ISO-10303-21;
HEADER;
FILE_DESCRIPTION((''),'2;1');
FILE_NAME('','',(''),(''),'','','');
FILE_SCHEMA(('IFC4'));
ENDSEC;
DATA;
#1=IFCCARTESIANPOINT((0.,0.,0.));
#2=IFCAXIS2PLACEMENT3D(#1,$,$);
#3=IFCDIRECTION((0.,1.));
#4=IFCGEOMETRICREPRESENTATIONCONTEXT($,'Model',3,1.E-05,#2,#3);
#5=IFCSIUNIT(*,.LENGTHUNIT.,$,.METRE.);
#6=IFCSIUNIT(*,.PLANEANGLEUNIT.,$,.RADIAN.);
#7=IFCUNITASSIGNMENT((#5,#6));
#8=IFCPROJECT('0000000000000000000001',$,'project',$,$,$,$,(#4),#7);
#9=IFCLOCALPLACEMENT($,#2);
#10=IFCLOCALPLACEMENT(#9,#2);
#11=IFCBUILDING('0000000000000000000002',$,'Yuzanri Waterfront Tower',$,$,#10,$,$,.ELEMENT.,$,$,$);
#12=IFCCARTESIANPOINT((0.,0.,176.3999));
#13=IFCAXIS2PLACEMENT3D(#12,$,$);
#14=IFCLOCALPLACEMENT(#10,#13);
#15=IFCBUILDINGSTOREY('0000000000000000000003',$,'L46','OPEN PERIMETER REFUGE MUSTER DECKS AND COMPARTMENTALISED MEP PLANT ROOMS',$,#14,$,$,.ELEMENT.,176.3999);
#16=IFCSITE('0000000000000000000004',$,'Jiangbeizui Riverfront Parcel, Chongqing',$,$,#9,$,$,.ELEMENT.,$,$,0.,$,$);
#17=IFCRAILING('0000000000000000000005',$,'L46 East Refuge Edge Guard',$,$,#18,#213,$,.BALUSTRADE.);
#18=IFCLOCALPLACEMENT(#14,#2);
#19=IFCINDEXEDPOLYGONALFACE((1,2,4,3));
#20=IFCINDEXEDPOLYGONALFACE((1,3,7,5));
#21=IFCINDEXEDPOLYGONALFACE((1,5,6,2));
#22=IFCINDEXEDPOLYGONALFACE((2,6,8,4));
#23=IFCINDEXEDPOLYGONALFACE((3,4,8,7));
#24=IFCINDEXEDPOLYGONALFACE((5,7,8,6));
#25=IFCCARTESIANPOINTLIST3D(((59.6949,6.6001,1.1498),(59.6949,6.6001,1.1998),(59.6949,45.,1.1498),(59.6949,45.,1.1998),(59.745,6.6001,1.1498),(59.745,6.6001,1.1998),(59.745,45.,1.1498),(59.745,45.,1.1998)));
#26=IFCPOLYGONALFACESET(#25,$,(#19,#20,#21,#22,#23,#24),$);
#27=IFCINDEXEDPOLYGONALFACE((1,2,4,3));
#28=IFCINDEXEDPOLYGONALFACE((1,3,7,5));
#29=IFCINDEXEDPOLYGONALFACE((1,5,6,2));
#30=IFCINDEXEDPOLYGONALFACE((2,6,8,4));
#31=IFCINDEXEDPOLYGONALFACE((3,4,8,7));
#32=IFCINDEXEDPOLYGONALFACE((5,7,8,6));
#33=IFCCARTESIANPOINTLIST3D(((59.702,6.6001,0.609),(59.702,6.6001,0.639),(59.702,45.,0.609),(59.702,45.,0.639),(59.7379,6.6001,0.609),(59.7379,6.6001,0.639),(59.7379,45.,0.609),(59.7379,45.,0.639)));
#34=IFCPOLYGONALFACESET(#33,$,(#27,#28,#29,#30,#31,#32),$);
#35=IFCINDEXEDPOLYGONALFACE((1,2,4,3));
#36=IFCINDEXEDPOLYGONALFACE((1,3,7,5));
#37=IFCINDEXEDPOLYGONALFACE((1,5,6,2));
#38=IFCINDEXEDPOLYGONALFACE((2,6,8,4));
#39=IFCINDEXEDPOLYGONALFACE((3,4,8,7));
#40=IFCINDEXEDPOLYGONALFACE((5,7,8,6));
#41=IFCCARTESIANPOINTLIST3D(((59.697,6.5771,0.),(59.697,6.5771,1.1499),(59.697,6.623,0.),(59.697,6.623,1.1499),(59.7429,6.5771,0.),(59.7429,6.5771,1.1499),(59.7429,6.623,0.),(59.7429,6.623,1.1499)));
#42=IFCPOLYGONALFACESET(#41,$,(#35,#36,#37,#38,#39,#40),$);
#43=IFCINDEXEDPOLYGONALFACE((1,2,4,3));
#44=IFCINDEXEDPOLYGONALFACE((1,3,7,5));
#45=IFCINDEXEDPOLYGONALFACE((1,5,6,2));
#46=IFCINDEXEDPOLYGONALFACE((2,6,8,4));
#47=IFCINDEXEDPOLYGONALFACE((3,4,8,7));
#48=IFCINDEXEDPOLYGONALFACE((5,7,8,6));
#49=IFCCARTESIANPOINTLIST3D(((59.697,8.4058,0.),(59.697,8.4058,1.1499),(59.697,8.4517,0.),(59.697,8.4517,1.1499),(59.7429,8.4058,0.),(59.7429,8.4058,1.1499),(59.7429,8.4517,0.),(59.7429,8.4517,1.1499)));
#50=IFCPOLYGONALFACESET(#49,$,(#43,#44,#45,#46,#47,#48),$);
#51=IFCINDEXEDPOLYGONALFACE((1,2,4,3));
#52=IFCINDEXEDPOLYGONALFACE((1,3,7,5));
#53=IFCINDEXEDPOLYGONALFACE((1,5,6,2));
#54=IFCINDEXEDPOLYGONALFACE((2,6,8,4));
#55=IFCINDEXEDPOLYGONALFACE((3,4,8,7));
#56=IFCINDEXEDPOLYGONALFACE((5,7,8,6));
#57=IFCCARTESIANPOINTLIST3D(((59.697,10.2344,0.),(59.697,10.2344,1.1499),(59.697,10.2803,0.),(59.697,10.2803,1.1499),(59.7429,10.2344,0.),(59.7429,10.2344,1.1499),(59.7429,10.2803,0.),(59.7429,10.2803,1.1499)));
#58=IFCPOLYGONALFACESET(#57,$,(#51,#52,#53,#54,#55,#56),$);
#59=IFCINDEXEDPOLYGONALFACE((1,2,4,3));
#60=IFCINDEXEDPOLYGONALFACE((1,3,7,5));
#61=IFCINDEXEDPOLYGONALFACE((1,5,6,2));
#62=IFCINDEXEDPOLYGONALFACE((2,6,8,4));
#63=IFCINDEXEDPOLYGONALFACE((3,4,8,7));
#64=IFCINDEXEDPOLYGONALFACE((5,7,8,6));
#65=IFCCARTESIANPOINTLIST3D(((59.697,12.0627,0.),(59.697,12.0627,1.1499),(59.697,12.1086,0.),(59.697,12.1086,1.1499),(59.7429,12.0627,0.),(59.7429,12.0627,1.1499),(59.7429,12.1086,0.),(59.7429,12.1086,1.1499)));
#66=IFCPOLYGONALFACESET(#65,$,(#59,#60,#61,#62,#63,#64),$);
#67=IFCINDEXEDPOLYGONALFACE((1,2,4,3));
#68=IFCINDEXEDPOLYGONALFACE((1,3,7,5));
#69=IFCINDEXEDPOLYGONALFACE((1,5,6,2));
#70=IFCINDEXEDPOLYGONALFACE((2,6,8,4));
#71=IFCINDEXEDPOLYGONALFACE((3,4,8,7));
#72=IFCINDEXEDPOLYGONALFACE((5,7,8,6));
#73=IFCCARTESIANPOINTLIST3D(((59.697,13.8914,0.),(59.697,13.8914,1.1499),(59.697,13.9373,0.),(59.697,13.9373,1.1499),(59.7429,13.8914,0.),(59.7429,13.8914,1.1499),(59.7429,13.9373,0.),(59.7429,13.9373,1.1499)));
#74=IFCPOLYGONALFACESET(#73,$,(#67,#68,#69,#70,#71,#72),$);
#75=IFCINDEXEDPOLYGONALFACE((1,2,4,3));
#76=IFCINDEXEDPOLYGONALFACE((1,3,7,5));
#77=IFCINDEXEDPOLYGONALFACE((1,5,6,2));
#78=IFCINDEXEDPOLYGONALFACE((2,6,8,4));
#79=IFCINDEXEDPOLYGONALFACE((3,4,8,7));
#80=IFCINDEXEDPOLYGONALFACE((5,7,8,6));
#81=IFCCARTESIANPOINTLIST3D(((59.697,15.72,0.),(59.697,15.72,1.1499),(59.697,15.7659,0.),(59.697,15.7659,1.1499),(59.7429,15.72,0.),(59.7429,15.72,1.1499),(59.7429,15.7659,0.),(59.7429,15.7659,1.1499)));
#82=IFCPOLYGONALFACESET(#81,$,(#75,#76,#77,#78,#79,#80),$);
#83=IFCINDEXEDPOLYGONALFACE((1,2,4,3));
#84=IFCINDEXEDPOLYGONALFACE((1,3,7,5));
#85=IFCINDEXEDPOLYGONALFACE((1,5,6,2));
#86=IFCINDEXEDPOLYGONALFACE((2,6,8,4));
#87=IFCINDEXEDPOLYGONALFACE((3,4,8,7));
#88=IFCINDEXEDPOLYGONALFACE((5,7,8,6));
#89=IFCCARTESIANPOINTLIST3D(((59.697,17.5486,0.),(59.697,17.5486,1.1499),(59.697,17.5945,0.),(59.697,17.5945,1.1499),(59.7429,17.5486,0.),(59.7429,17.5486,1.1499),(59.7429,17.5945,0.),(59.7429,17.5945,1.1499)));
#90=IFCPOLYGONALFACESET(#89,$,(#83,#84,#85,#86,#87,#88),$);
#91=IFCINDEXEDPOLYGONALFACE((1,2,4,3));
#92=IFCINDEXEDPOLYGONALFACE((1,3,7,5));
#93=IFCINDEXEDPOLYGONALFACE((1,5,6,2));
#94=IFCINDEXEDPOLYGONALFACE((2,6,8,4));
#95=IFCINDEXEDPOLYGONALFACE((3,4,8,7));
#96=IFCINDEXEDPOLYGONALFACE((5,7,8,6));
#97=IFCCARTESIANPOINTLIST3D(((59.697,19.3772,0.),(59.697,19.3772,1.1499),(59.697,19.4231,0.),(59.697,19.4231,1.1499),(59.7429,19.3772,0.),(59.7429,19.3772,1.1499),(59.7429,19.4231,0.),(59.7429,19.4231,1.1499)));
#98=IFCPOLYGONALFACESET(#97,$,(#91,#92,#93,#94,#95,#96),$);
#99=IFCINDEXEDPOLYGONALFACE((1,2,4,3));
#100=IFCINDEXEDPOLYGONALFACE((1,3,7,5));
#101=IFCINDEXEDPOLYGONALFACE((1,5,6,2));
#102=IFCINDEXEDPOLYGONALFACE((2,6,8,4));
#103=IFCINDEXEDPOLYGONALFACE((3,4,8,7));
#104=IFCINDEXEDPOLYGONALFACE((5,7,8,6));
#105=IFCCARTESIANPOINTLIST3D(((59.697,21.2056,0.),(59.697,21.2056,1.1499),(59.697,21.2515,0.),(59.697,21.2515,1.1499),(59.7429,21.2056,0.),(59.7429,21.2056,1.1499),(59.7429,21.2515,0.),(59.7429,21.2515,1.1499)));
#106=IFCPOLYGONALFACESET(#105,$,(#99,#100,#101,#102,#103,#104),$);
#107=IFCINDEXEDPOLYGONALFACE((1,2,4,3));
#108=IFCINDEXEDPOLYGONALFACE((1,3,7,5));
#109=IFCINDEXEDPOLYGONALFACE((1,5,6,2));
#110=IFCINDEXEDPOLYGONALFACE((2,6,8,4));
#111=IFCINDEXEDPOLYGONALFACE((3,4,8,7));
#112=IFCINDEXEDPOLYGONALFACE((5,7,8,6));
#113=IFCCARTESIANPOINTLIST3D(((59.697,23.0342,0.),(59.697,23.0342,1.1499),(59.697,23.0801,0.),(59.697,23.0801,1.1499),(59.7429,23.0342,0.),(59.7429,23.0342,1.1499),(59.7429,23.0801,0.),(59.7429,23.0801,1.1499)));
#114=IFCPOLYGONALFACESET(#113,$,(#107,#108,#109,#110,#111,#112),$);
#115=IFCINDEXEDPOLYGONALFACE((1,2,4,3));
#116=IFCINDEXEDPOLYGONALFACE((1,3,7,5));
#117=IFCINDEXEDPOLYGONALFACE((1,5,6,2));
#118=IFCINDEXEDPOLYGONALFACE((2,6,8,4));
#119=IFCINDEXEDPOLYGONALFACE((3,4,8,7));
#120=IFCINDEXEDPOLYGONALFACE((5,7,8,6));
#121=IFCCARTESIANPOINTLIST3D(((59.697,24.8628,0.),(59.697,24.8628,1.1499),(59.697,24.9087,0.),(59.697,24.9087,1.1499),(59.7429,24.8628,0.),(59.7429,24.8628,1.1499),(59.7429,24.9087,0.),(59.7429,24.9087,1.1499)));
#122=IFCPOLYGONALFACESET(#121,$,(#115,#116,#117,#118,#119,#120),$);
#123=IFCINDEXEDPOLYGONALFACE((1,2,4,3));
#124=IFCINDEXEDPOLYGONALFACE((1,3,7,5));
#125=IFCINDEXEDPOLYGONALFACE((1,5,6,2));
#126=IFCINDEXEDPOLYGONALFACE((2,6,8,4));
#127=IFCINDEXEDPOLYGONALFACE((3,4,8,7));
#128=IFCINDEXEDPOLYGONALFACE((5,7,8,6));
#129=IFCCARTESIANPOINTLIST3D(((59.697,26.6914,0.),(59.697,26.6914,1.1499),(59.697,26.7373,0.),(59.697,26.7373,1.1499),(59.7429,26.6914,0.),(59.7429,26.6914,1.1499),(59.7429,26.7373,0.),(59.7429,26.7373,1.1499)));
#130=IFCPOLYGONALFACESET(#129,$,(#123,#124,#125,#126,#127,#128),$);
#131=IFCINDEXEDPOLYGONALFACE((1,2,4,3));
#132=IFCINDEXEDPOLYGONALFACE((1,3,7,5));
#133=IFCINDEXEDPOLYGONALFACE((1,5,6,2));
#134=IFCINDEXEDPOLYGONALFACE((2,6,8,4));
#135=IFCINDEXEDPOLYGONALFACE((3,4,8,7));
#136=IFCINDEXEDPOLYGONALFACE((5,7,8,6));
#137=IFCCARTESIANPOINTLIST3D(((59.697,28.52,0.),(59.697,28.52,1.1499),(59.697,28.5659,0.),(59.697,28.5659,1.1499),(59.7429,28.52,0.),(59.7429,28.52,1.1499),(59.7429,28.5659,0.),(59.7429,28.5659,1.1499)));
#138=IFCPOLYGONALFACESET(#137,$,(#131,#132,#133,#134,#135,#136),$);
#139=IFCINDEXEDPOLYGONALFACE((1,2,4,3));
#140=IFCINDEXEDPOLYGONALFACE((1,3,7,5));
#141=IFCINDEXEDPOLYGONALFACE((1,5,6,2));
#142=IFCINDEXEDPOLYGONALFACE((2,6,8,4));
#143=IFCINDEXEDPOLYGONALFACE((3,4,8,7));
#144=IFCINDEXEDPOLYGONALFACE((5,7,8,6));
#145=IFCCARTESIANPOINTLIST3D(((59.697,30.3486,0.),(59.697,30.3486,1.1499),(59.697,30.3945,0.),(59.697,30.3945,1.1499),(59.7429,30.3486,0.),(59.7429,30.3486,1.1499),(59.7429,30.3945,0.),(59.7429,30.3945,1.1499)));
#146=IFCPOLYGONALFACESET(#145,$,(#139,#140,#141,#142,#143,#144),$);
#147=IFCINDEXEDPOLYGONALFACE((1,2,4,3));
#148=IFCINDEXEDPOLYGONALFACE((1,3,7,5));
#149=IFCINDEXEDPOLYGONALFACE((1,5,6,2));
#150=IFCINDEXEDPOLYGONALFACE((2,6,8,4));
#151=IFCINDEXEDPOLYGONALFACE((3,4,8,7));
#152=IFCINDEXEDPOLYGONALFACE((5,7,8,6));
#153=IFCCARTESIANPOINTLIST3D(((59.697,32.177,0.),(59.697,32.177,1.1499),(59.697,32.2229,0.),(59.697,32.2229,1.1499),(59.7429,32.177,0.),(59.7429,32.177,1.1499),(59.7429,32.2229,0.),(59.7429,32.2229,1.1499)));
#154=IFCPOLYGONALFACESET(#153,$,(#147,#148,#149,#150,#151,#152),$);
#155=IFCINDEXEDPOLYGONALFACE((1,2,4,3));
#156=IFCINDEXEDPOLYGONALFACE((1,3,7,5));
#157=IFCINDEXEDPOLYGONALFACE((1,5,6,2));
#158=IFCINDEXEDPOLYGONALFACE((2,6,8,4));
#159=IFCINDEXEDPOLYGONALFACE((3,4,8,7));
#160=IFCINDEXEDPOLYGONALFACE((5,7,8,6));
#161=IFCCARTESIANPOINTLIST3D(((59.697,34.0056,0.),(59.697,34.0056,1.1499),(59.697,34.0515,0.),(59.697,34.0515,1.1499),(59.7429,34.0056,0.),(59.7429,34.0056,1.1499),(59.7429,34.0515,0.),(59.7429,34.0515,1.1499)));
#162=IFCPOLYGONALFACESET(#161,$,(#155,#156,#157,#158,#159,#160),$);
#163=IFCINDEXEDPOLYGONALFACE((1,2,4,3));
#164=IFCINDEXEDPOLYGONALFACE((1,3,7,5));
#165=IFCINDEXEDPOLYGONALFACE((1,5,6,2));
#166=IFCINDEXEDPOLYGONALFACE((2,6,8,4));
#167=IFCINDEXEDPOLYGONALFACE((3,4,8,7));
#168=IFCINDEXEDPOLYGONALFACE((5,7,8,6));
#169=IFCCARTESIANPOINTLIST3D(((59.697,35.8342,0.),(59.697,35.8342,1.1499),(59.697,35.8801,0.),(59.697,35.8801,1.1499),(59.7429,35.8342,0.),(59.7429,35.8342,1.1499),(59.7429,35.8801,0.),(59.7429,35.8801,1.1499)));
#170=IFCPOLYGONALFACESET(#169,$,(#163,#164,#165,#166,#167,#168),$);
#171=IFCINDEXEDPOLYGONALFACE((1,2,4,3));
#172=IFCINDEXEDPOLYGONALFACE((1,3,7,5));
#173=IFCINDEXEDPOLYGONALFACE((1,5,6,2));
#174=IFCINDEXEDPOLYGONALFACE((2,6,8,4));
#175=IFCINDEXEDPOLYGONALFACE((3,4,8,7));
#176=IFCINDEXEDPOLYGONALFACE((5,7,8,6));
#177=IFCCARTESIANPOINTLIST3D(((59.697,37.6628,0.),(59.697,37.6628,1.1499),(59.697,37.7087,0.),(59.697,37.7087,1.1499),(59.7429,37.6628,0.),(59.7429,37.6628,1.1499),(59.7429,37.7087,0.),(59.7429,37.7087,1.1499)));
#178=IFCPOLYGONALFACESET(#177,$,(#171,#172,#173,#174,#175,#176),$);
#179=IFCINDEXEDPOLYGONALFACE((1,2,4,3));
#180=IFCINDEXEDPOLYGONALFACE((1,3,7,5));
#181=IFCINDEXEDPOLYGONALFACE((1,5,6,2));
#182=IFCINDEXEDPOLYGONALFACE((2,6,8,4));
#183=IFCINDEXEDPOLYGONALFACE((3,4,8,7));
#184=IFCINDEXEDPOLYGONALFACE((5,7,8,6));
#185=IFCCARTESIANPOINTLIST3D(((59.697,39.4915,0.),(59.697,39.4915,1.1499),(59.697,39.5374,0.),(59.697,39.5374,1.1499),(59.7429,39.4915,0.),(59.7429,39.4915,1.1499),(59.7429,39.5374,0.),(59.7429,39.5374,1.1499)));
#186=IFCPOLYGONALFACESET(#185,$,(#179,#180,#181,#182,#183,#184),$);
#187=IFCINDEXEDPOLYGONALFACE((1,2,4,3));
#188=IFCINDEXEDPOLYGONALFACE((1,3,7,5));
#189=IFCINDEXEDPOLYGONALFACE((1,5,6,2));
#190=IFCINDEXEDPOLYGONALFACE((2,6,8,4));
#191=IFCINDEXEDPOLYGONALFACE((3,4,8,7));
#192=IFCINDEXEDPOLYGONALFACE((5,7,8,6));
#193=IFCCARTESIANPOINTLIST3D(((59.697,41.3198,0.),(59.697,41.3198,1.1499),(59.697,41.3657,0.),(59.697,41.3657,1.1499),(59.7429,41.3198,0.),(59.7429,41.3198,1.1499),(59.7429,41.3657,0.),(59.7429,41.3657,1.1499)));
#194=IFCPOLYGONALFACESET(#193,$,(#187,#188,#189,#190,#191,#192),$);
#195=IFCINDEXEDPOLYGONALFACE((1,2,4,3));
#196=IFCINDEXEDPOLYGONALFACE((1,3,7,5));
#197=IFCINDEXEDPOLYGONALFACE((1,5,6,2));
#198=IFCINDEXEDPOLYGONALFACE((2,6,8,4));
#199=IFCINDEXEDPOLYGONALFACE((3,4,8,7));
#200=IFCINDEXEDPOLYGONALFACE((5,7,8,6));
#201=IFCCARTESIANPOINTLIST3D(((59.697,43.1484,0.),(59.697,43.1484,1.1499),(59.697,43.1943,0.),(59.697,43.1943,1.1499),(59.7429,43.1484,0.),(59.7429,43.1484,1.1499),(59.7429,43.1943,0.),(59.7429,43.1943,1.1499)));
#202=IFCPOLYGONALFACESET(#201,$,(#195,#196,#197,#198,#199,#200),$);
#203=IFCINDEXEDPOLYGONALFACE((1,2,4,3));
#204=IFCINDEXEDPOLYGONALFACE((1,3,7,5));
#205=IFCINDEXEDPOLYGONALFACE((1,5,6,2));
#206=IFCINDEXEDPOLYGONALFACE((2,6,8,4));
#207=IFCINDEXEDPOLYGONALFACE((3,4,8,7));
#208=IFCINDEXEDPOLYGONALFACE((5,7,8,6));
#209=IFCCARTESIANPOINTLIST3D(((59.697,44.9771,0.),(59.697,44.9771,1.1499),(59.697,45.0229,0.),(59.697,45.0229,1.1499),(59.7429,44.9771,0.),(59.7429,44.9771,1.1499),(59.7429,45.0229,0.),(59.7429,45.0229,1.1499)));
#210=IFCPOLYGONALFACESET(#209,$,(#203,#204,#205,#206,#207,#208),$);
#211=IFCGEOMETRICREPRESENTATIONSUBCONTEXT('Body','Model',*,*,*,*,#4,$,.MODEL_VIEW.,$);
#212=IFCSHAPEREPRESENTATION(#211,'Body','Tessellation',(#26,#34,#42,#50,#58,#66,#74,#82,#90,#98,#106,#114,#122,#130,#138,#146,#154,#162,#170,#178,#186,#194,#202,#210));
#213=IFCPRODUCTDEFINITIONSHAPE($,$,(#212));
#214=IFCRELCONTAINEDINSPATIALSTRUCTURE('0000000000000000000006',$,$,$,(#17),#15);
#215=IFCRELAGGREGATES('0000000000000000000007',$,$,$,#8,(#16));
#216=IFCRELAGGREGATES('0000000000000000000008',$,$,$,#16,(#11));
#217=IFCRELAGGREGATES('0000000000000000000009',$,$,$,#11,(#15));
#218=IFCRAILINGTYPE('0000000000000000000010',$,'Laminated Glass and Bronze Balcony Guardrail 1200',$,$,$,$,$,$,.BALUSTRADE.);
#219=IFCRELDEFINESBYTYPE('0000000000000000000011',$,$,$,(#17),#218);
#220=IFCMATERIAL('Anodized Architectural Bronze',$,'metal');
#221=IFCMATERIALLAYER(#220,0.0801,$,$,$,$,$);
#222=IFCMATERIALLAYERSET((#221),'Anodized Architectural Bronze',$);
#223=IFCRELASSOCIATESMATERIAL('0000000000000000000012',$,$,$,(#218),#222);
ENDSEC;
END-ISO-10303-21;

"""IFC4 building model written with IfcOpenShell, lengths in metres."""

from ifc_helpers import new_model, si_unit, direction, frame, origin, origin_2d, place, context, subcontext, project, spatial, rectangle, extrude, source, transform, mapped, material, layer, layer_set, type_object, element, save


model = new_model("IFC4")

# Units and contexts
model_context = context("Model", 3, precision=1e-05, world=origin(), true_north=direction((0.0, 1.0)))
body_context = subcontext(model_context, "Body", "Model", "MODEL_VIEW")
ifc_project = project(units=[si_unit("LENGTHUNIT", "METRE"), si_unit("PLANEANGLEUNIT", "RADIAN")], contexts=[model_context])

# Site, building, storey
site_placement = place(None, origin())
site = spatial("IfcSite", under=ifc_project, at=site_placement, Name="Jiangbeizui Riverfront Parcel, Chongqing", CompositionType="ELEMENT", RefElevation=0.0)
building_placement = place(site_placement, origin())
building = spatial("IfcBuilding", under=site, at=building_placement, Name="Yuzanri Waterfront Tower", CompositionType="ELEMENT")
storey_placement = place(building_placement, frame((0.0, 0.0, 176.3999)))
storey = spatial("IfcBuildingStorey", under=building, at=storey_placement, Name="L46", Description="OPEN PERIMETER REFUGE MUSTER DECKS AND COMPARTMENTALISED MEP PLANT ROOMS", CompositionType="ELEMENT", Elevation=176.3999)

# Railing
ifc_material_1 = material(Name="Anodized Architectural Bronze", Category="metal")
ifc_layer_1 = layer(ifc_material_1, 0.0801)
ifc_layer_set_1 = layer_set([ifc_layer_1], Name="Anodized Architectural Bronze")
railing_type_1 = type_object("IfcRailingType", Name="Laminated Glass and Bronze Balcony Guardrail 1200", PredefinedType="BALUSTRADE", material=ifc_layer_set_1)
shared_shape_1 = source(origin(), body_context, "Body", "SweptSolid", [
    extrude(rectangle(XDim=0.05, YDim=0.05, at=origin_2d()), frame((0.0, 0.0, 1.1748), z_axis=(0.0, 1.0, 0.0), x_axis=(-1.0, 0.0, 0.0)), (0.0, 0.0, 1.0), 38.3999),
    extrude(rectangle(XDim=0.0359, YDim=0.03, at=origin_2d()), frame((0.0, 0.0, 0.624), z_axis=(0.0, 1.0, 0.0), x_axis=(-1.0, 0.0, 0.0)), (0.0, 0.0, 1.0), 38.3999),
    extrude(rectangle(XDim=0.0459, YDim=0.0459, at=origin_2d()), origin(), (0.0, 0.0, 1.0), 1.1499),
    extrude(rectangle(XDim=0.0459, YDim=0.0459, at=origin_2d()), frame((0.0, 1.8286, 0.0)), (0.0, 0.0, 1.0), 1.1499),
    extrude(rectangle(XDim=0.0459, YDim=0.0459, at=origin_2d()), frame((0.0, 3.6572, 0.0)), (0.0, 0.0, 1.0), 1.1499),
    extrude(rectangle(XDim=0.0459, YDim=0.0459, at=origin_2d()), frame((0.0, 5.4856, 0.0)), (0.0, 0.0, 1.0), 1.1499),
    extrude(rectangle(XDim=0.0459, YDim=0.0459, at=origin_2d()), frame((0.0, 7.3142, 0.0)), (0.0, 0.0, 1.0), 1.1499),
    extrude(rectangle(XDim=0.0459, YDim=0.0459, at=origin_2d()), frame((0.0, 9.1428, 0.0)), (0.0, 0.0, 1.0), 1.1499),
    extrude(rectangle(XDim=0.0459, YDim=0.0459, at=origin_2d()), frame((0.0, 10.9714, 0.0)), (0.0, 0.0, 1.0), 1.1499),
    extrude(rectangle(XDim=0.0459, YDim=0.0459, at=origin_2d()), frame((0.0, 12.8, 0.0)), (0.0, 0.0, 1.0), 1.1499),
    extrude(rectangle(XDim=0.0459, YDim=0.0459, at=origin_2d()), frame((0.0, 14.6284, 0.0)), (0.0, 0.0, 1.0), 1.1499),
    extrude(rectangle(XDim=0.0459, YDim=0.0459, at=origin_2d()), frame((0.0, 16.457, 0.0)), (0.0, 0.0, 1.0), 1.1499),
    extrude(rectangle(XDim=0.0459, YDim=0.0459, at=origin_2d()), frame((0.0, 18.2856, 0.0)), (0.0, 0.0, 1.0), 1.1499),
    extrude(rectangle(XDim=0.0459, YDim=0.0459, at=origin_2d()), frame((0.0, 20.1143, 0.0)), (0.0, 0.0, 1.0), 1.1499),
    extrude(rectangle(XDim=0.0459, YDim=0.0459, at=origin_2d()), frame((0.0, 21.9429, 0.0)), (0.0, 0.0, 1.0), 1.1499),
    extrude(rectangle(XDim=0.0459, YDim=0.0459, at=origin_2d()), frame((0.0, 23.7715, 0.0)), (0.0, 0.0, 1.0), 1.1499),
    extrude(rectangle(XDim=0.0459, YDim=0.0459, at=origin_2d()), frame((0.0, 25.5999, 0.0)), (0.0, 0.0, 1.0), 1.1499),
    extrude(rectangle(XDim=0.0459, YDim=0.0459, at=origin_2d()), frame((0.0, 27.4285, 0.0)), (0.0, 0.0, 1.0), 1.1499),
    extrude(rectangle(XDim=0.0459, YDim=0.0459, at=origin_2d()), frame((0.0, 29.2571, 0.0)), (0.0, 0.0, 1.0), 1.1499),
    extrude(rectangle(XDim=0.0459, YDim=0.0459, at=origin_2d()), frame((0.0, 31.0857, 0.0)), (0.0, 0.0, 1.0), 1.1499),
    extrude(rectangle(XDim=0.0459, YDim=0.0459, at=origin_2d()), frame((0.0, 32.9143, 0.0)), (0.0, 0.0, 1.0), 1.1499),
    extrude(rectangle(XDim=0.0459, YDim=0.0459, at=origin_2d()), frame((0.0, 34.7427, 0.0)), (0.0, 0.0, 1.0), 1.1499),
    extrude(rectangle(XDim=0.0459, YDim=0.0459, at=origin_2d()), frame((0.0, 36.5713, 0.0)), (0.0, 0.0, 1.0), 1.1499),
    extrude(rectangle(XDim=0.0459, YDim=0.0459, at=origin_2d()), frame((0.0, 38.3999, 0.0)), (0.0, 0.0, 1.0), 1.1499),
])
railing_1_placement = place(storey_placement, frame((59.72, 6.6001, 0.0)))
element("IfcRailing", 1, at=railing_1_placement, inside=storey, type_object=railing_type_1, Name="L46 East Refuge Edge Guard", PredefinedType="BALUSTRADE", context=body_context, shape_type="MappedRepresentation", body=[
    mapped(shared_shape_1, transform((0.0, 0.0, 0.0), scale=1.0)),
])

save(model, "model.ifc")
